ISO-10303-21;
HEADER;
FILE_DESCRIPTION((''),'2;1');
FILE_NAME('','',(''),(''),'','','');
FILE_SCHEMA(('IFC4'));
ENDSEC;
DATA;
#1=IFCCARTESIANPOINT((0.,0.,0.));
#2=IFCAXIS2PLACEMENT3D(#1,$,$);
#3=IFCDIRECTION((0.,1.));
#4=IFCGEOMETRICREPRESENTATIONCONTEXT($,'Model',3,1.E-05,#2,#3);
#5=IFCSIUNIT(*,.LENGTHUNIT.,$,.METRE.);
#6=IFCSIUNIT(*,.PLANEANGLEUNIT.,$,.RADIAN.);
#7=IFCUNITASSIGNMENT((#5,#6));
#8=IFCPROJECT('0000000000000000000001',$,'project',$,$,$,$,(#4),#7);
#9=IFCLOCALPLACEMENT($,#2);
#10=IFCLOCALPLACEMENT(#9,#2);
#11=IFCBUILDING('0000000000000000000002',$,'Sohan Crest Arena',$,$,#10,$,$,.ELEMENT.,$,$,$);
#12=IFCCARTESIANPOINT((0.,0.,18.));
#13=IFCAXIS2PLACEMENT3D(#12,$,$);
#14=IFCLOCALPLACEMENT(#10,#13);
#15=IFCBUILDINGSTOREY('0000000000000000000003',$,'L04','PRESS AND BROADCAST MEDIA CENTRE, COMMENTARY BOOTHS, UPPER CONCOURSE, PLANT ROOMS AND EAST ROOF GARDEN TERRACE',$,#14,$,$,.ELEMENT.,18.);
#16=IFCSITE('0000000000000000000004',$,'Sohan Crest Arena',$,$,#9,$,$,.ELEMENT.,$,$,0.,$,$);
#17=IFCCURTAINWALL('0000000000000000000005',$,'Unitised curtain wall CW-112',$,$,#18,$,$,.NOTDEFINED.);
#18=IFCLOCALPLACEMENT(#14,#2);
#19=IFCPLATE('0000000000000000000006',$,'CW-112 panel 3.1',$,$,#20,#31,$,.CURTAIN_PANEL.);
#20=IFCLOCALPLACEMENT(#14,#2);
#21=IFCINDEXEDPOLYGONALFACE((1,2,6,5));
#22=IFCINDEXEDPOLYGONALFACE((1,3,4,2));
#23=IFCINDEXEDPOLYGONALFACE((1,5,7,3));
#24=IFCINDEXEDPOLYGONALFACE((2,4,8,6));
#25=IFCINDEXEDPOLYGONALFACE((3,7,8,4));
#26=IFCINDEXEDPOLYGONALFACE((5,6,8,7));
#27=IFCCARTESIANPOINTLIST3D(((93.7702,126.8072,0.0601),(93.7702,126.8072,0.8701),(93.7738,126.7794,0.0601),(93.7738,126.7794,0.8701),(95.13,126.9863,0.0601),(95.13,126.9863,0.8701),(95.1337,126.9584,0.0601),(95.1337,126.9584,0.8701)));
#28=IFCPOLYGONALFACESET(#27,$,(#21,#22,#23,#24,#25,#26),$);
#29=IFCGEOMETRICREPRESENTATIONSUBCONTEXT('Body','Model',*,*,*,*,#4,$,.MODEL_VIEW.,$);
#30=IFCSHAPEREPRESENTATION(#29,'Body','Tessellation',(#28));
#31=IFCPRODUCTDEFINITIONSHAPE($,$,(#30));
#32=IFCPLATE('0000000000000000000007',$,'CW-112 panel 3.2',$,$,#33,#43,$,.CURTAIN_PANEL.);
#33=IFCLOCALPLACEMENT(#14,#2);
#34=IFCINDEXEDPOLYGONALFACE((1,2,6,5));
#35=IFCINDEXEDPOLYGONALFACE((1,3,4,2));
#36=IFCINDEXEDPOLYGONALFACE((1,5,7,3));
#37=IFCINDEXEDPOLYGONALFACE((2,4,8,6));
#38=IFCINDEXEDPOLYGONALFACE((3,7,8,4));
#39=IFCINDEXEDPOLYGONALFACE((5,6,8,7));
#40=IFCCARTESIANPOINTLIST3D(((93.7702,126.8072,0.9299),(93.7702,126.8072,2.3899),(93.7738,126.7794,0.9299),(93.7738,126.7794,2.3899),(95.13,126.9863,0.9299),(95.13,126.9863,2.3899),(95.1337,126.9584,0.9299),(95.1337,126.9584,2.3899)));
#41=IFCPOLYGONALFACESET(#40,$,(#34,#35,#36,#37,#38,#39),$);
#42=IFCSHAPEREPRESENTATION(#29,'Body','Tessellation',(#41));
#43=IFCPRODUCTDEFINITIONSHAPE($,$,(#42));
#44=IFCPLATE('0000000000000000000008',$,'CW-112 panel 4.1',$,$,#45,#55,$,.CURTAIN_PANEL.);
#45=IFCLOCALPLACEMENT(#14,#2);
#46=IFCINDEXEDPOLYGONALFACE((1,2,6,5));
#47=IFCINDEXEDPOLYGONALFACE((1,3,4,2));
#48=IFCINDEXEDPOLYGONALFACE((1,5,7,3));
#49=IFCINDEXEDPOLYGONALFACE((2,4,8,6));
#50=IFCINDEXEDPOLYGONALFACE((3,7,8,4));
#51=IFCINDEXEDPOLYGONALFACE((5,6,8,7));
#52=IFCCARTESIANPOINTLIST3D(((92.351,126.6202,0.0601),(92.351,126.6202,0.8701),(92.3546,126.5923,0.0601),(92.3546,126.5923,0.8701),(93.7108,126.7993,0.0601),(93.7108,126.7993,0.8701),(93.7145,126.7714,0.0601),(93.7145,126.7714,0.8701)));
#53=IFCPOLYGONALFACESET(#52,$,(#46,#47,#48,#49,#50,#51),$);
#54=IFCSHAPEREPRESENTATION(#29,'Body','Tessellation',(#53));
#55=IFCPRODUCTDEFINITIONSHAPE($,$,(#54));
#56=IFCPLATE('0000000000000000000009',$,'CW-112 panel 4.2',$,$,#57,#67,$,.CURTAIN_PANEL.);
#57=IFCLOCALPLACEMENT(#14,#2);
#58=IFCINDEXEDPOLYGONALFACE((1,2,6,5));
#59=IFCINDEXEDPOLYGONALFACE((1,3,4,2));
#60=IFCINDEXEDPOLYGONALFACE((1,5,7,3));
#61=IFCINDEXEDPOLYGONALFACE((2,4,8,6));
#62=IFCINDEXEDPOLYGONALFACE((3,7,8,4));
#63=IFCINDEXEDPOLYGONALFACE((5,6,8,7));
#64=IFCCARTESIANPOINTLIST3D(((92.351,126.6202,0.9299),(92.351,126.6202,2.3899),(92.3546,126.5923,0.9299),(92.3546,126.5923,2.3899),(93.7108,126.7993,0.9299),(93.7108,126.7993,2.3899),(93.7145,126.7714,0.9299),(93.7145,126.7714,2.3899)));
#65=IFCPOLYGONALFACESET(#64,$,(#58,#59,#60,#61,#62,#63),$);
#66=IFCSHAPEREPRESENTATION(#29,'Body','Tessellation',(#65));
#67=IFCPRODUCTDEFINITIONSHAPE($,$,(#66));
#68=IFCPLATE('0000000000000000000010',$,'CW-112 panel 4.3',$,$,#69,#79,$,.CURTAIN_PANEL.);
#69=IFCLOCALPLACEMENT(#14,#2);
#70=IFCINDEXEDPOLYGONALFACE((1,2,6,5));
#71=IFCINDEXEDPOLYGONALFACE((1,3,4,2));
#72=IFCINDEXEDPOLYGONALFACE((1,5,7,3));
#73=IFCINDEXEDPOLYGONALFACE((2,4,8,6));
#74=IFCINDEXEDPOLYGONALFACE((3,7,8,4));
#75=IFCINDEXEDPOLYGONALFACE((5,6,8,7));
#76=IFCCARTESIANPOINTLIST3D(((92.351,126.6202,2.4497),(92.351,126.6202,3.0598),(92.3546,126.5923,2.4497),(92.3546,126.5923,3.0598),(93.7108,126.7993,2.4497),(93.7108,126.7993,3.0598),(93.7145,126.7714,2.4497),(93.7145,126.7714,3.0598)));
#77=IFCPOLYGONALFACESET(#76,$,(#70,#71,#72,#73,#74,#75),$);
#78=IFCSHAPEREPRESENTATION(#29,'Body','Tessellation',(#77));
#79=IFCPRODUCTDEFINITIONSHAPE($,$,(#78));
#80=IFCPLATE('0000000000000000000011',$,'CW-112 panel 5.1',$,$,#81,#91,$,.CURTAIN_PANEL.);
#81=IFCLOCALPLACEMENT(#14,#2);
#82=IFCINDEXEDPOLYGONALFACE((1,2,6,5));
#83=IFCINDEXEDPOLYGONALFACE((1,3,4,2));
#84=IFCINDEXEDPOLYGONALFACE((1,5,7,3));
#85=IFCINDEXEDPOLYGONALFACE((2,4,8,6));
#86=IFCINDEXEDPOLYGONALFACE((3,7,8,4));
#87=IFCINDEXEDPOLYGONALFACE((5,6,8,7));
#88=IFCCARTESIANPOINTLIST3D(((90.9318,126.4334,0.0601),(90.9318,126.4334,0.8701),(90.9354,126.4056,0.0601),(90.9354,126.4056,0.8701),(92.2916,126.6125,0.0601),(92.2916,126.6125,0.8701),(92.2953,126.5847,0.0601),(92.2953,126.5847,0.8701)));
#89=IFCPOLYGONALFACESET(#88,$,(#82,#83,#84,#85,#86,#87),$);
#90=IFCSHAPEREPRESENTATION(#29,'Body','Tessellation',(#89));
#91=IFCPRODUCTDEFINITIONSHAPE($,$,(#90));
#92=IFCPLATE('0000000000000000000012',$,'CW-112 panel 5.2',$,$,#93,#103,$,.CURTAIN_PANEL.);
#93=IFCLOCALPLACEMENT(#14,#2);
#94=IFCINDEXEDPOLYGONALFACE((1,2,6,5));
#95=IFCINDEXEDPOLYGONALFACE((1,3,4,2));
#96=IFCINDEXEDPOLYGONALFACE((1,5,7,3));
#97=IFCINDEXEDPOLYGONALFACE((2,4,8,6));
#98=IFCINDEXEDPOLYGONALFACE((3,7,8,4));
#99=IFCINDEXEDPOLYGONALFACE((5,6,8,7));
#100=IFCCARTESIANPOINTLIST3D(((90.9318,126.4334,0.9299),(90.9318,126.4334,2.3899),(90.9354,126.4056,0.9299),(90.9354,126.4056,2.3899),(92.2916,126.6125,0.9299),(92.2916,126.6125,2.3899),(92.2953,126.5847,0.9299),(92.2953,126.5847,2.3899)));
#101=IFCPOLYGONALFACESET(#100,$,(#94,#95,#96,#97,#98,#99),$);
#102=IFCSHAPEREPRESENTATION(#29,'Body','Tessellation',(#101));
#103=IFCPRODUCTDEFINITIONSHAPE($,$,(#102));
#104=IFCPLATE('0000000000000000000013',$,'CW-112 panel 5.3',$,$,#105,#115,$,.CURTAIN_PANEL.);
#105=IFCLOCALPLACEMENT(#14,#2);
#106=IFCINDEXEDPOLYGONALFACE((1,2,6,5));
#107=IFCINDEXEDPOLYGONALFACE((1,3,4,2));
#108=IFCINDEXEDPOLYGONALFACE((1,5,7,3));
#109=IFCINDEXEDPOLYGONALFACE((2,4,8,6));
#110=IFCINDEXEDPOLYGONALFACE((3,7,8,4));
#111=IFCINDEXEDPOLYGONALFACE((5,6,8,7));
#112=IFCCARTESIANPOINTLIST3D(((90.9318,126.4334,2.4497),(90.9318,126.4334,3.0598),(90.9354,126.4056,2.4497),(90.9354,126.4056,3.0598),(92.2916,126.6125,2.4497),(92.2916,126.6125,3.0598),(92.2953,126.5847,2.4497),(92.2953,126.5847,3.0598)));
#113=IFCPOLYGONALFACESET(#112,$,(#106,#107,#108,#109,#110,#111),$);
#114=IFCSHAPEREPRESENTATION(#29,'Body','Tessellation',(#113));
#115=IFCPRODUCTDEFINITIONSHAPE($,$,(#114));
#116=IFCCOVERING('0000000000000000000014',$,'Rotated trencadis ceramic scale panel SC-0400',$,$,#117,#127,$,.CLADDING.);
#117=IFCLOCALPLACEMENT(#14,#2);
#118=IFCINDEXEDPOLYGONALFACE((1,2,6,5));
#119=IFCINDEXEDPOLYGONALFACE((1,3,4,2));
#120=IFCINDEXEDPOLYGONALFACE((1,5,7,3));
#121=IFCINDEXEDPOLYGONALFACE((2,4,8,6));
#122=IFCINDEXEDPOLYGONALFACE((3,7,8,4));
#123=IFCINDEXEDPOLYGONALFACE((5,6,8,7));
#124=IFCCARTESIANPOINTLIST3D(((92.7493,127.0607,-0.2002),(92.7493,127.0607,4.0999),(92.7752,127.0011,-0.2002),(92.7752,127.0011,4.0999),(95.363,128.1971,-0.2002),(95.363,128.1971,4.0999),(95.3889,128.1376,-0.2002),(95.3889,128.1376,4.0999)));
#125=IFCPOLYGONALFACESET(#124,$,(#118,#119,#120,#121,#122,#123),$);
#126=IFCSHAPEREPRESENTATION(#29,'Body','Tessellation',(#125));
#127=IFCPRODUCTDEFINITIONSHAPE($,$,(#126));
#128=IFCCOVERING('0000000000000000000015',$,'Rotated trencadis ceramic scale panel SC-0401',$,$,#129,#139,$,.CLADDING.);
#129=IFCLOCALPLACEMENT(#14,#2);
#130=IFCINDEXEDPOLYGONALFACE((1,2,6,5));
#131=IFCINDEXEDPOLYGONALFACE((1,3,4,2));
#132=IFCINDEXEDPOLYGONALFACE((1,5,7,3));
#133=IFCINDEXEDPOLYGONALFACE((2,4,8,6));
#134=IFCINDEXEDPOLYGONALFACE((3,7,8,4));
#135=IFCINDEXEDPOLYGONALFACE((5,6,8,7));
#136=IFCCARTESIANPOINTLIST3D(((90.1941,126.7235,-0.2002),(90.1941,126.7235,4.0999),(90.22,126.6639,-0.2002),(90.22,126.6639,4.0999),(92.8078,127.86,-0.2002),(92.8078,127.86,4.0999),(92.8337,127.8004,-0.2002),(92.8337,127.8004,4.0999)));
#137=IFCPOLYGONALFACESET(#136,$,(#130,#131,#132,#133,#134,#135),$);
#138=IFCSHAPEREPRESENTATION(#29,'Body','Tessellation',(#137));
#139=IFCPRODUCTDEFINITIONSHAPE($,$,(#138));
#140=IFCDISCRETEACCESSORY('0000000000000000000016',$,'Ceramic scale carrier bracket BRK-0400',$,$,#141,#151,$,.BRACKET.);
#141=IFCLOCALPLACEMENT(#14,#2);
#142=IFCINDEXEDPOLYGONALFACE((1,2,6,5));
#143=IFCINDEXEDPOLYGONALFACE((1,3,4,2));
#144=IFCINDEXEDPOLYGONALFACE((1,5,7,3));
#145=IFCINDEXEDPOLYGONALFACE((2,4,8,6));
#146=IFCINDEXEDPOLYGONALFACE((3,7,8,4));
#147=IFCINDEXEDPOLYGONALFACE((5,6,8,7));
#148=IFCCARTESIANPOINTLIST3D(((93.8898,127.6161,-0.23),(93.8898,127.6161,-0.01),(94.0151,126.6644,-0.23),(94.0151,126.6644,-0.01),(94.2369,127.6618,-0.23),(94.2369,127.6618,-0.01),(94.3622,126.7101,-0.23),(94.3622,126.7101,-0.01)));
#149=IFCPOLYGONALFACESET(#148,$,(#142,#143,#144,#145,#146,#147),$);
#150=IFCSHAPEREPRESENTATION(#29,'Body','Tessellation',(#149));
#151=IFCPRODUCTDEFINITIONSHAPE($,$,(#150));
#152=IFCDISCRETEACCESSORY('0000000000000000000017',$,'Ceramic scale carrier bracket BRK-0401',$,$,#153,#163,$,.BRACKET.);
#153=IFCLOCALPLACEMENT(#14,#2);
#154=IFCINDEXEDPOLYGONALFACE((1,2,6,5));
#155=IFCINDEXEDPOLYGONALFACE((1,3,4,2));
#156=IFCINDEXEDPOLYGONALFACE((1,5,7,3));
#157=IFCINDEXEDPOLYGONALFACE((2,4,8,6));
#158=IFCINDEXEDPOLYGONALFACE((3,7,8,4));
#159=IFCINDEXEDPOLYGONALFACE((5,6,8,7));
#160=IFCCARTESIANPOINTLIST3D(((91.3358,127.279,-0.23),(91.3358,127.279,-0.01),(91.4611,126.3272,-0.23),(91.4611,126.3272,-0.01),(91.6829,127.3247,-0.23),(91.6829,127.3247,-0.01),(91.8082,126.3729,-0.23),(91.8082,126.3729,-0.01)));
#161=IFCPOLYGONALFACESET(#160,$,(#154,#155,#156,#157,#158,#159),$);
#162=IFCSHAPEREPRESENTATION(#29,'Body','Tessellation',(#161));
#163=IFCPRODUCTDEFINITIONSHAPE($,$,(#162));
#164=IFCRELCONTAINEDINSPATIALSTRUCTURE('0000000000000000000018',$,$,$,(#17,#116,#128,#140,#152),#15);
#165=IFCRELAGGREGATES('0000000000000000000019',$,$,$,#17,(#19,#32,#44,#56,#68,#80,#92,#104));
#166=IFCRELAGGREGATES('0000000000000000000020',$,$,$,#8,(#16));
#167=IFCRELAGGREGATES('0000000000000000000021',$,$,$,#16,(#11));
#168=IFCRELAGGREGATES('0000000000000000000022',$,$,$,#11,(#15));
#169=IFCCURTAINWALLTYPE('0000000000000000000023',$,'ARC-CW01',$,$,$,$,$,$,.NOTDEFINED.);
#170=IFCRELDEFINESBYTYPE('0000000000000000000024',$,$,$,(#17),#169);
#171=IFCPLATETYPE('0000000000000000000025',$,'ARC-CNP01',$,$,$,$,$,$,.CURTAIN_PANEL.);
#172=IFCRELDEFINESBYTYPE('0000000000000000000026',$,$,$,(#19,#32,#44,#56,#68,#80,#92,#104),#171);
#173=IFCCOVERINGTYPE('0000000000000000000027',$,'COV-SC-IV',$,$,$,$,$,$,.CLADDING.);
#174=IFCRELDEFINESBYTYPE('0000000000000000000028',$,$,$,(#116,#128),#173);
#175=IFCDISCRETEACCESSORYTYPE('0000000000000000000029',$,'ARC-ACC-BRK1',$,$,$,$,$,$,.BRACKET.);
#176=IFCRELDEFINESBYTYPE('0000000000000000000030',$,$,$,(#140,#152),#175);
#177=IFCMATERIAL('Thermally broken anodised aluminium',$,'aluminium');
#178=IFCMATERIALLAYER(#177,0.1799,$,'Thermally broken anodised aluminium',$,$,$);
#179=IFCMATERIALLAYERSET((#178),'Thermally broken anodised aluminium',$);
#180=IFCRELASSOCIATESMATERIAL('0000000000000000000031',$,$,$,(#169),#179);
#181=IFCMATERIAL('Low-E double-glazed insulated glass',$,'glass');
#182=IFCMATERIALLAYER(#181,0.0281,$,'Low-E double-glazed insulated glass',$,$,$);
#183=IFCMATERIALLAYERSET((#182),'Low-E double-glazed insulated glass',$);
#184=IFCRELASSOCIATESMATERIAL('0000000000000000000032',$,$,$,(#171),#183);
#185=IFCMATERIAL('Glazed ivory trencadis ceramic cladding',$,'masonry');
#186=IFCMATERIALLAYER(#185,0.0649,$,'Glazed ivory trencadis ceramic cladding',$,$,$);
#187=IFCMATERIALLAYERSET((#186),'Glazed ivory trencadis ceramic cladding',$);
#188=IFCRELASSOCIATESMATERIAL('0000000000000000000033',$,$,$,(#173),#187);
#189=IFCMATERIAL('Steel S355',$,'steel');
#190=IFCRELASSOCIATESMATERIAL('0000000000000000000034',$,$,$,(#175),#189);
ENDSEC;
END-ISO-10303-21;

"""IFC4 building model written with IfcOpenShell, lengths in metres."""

from ifc_helpers import new_model, si_unit, direction, frame, origin, origin_2d, place, context, subcontext, project, spatial, rectangle, extrude, material, layer, layer_set, type_object, element, aggregate, save


model = new_model("IFC4")

# Units and contexts
model_context = context("Model", 3, precision=1e-05, world=origin(), true_north=direction((0.0, 1.0)))
body_context = subcontext(model_context, "Body", "Model", "MODEL_VIEW")
ifc_project = project(units=[si_unit("LENGTHUNIT", "METRE"), si_unit("PLANEANGLEUNIT", "RADIAN")], contexts=[model_context])

# Site, building, storey
site_placement = place(None, origin())
site = spatial("IfcSite", under=ifc_project, at=site_placement, Name="Sohan Crest Arena", CompositionType="ELEMENT", RefElevation=0.0)
building_placement = place(site_placement, origin())
building = spatial("IfcBuilding", under=site, at=building_placement, Name="Sohan Crest Arena", CompositionType="ELEMENT")
storey_placement = place(building_placement, frame((0.0, 0.0, 18.0)))
storey = spatial("IfcBuildingStorey", under=building, at=storey_placement, Name="L04", Description="PRESS AND BROADCAST MEDIA CENTRE, COMMENTARY BOOTHS, UPPER CONCOURSE, PLANT ROOMS AND EAST ROOF GARDEN TERRACE", CompositionType="ELEMENT", Elevation=18.0)

# Curtain wall, plates
ifc_material_1 = material(Name="Thermally broken anodised aluminium", Category="aluminium")
ifc_layer_1 = layer(ifc_material_1, 0.1799, Name="Thermally broken anodised aluminium")
ifc_layer_set_1 = layer_set([ifc_layer_1], Name="Thermally broken anodised aluminium")
curtain_wall_type = type_object("IfcCurtainWallType", Name="ARC-CW01", PredefinedType="NOTDEFINED", material=ifc_layer_set_1)
curtain_wall_placement = place(storey_placement, origin())
curtain_wall = element("IfcCurtainWall", 1, at=curtain_wall_placement, inside=storey, type_object=curtain_wall_type, Name="Unitised curtain wall CW-112", PredefinedType="NOTDEFINED")
ifc_material_2 = material(Name="Low-E double-glazed insulated glass", Category="glass")
ifc_layer_2 = layer(ifc_material_2, 0.0281, Name="Low-E double-glazed insulated glass")
ifc_layer_set_2 = layer_set([ifc_layer_2], Name="Low-E double-glazed insulated glass")
plate_type = type_object("IfcPlateType", Name="ARC-CNP01", PredefinedType="CURTAIN_PANEL", material=ifc_layer_set_2)
plate_1_placement = place(storey_placement, frame((94.4519, 126.8828, 0.0601), z_axis=(0.0, 0.0, 1.0), x_axis=(-0.991441, -0.130557, 0.0)))
plate_1 = element("IfcPlate", 2, at=plate_1_placement, type_object=plate_type, Name="CW-112 panel 3.1", PredefinedType="CURTAIN_PANEL", context=body_context, shape_type="SweptSolid", body=[
    extrude(rectangle(XDim=1.3716, YDim=0.0281, at=origin_2d()), origin(), (0.0, 0.0, 1.0), 0.8101),
])
plate_2_placement = place(storey_placement, frame((94.4519, 126.8828, 0.9299), z_axis=(0.0, 0.0, 1.0), x_axis=(-0.991441, -0.130557, 0.0)))
plate_2 = element("IfcPlate", 3, at=plate_2_placement, type_object=plate_type, Name="CW-112 panel 3.2", PredefinedType="CURTAIN_PANEL", context=body_context, shape_type="SweptSolid", body=[
    extrude(rectangle(XDim=1.3716, YDim=0.0281, at=origin_2d()), origin(), (0.0, 0.0, 1.0), 1.46),
])
plate_3_placement = place(storey_placement, frame((93.0327, 126.6958, 0.0601), z_axis=(0.0, 0.0, 1.0), x_axis=(-0.991441, -0.130557, 0.0)))
plate_3 = element("IfcPlate", 4, at=plate_3_placement, type_object=plate_type, Name="CW-112 panel 4.1", PredefinedType="CURTAIN_PANEL", context=body_context, shape_type="SweptSolid", body=[
    extrude(rectangle(XDim=1.3716, YDim=0.0281, at=origin_2d()), origin(), (0.0, 0.0, 1.0), 0.8101),
])
plate_4_placement = place(storey_placement, frame((93.0327, 126.6958, 0.9299), z_axis=(0.0, 0.0, 1.0), x_axis=(-0.991441, -0.130557, 0.0)))
plate_4 = element("IfcPlate", 5, at=plate_4_placement, type_object=plate_type, Name="CW-112 panel 4.2", PredefinedType="CURTAIN_PANEL", context=body_context, shape_type="SweptSolid", body=[
    extrude(rectangle(XDim=1.3716, YDim=0.0281, at=origin_2d()), origin(), (0.0, 0.0, 1.0), 1.46),
])
plate_5_placement = place(storey_placement, frame((93.0327, 126.6958, 2.4497), z_axis=(0.0, 0.0, 1.0), x_axis=(-0.991441, -0.130557, 0.0)))
plate_5 = element("IfcPlate", 6, at=plate_5_placement, type_object=plate_type, Name="CW-112 panel 4.3", PredefinedType="CURTAIN_PANEL", context=body_context, shape_type="SweptSolid", body=[
    extrude(rectangle(XDim=1.3716, YDim=0.0281, at=origin_2d()), origin(), (0.0, 0.0, 1.0), 0.6101),
])
plate_6_placement = place(storey_placement, frame((91.6135, 126.509, 0.0601), z_axis=(0.0, 0.0, 1.0), x_axis=(-0.991441, -0.130557, 0.0)))
plate_6 = element("IfcPlate", 7, at=plate_6_placement, type_object=plate_type, Name="CW-112 panel 5.1", PredefinedType="CURTAIN_PANEL", context=body_context, shape_type="SweptSolid", body=[
    extrude(rectangle(XDim=1.3716, YDim=0.0281, at=origin_2d()), origin(), (0.0, 0.0, 1.0), 0.8101),
])
plate_7_placement = place(storey_placement, frame((91.6135, 126.509, 0.9299), z_axis=(0.0, 0.0, 1.0), x_axis=(-0.991441, -0.130557, 0.0)))
plate_7 = element("IfcPlate", 8, at=plate_7_placement, type_object=plate_type, Name="CW-112 panel 5.2", PredefinedType="CURTAIN_PANEL", context=body_context, shape_type="SweptSolid", body=[
    extrude(rectangle(XDim=1.3716, YDim=0.0281, at=origin_2d()), origin(), (0.0, 0.0, 1.0), 1.46),
])
plate_8_placement = place(storey_placement, frame((91.6135, 126.509, 2.4497), z_axis=(0.0, 0.0, 1.0), x_axis=(-0.991441, -0.130557, 0.0)))
plate_8 = element("IfcPlate", 9, at=plate_8_placement, type_object=plate_type, Name="CW-112 panel 5.3", PredefinedType="CURTAIN_PANEL", context=body_context, shape_type="SweptSolid", body=[
    extrude(rectangle(XDim=1.3716, YDim=0.0281, at=origin_2d()), origin(), (0.0, 0.0, 1.0), 0.6101),
])
aggregate(curtain_wall, [plate_1, plate_2, plate_3, plate_4, plate_5, plate_6, plate_7, plate_8])

# Coverings
ifc_material_3 = material(Name="Glazed ivory trencadis ceramic cladding", Category="masonry")
ifc_layer_3 = layer(ifc_material_3, 0.0649, Name="Glazed ivory trencadis ceramic cladding")
ifc_layer_set_3 = layer_set([ifc_layer_3], Name="Glazed ivory trencadis ceramic cladding")
covering_type = type_object("IfcCoveringType", Name="COV-SC-IV", PredefinedType="CLADDING", material=ifc_layer_set_3)
for number, where, z_axis, x_axis, name in (
    (10, (94.0691, 127.5991, -0.2002), (0.0, 0.0, 1.0), (-0.91706, -0.398749, 0.0), "Rotated trencadis ceramic scale panel SC-0400"),
    (11, (91.5139, 127.262, -0.2002), (0.0, 0.0, 1.0), (-0.91706, -0.398749, 0.0), "Rotated trencadis ceramic scale panel SC-0401"),
):
    element("IfcCovering", number, at=place(storey_placement, frame(where, z_axis=z_axis, x_axis=x_axis)), inside=storey, type_object=covering_type, Name=name, PredefinedType="CLADDING", context=body_context, shape_type="SweptSolid", body=[
        extrude(rectangle(XDim=2.8501, YDim=0.0649, at=origin_2d()), origin(), (0.0, 0.0, 1.0), 4.3),
    ])

# Discrete accessories
ifc_material_4 = material(Name="Steel S355", Category="steel")
discrete_accessory_type = type_object("IfcDiscreteAccessoryType", Name="ARC-ACC-BRK1", PredefinedType="BRACKET", material=ifc_material_4)
for number, where, z_axis, x_axis, name in (
    (12, (94.126, 127.1631, -0.23), (0.0, 0.0, 1.0), (-0.991445, -0.130526, 0.0), "Ceramic scale carrier bracket BRK-0400"),
    (13, (91.572, 126.8259, -0.23), (0.0, 0.0, 1.0), (-0.991445, -0.130526, 0.0), "Ceramic scale carrier bracket BRK-0401"),
):
    element("IfcDiscreteAccessory", number, at=place(storey_placement, frame(where, z_axis=z_axis, x_axis=x_axis)), inside=storey, type_object=discrete_accessory_type, Name=name, PredefinedType="BRACKET", context=body_context, shape_type="SweptSolid", body=[
        extrude(rectangle(XDim=0.3501, YDim=0.96, at=origin_2d()), origin(), (0.0, 0.0, 1.0), 0.22),
    ])

save(model, "model.ifc")
